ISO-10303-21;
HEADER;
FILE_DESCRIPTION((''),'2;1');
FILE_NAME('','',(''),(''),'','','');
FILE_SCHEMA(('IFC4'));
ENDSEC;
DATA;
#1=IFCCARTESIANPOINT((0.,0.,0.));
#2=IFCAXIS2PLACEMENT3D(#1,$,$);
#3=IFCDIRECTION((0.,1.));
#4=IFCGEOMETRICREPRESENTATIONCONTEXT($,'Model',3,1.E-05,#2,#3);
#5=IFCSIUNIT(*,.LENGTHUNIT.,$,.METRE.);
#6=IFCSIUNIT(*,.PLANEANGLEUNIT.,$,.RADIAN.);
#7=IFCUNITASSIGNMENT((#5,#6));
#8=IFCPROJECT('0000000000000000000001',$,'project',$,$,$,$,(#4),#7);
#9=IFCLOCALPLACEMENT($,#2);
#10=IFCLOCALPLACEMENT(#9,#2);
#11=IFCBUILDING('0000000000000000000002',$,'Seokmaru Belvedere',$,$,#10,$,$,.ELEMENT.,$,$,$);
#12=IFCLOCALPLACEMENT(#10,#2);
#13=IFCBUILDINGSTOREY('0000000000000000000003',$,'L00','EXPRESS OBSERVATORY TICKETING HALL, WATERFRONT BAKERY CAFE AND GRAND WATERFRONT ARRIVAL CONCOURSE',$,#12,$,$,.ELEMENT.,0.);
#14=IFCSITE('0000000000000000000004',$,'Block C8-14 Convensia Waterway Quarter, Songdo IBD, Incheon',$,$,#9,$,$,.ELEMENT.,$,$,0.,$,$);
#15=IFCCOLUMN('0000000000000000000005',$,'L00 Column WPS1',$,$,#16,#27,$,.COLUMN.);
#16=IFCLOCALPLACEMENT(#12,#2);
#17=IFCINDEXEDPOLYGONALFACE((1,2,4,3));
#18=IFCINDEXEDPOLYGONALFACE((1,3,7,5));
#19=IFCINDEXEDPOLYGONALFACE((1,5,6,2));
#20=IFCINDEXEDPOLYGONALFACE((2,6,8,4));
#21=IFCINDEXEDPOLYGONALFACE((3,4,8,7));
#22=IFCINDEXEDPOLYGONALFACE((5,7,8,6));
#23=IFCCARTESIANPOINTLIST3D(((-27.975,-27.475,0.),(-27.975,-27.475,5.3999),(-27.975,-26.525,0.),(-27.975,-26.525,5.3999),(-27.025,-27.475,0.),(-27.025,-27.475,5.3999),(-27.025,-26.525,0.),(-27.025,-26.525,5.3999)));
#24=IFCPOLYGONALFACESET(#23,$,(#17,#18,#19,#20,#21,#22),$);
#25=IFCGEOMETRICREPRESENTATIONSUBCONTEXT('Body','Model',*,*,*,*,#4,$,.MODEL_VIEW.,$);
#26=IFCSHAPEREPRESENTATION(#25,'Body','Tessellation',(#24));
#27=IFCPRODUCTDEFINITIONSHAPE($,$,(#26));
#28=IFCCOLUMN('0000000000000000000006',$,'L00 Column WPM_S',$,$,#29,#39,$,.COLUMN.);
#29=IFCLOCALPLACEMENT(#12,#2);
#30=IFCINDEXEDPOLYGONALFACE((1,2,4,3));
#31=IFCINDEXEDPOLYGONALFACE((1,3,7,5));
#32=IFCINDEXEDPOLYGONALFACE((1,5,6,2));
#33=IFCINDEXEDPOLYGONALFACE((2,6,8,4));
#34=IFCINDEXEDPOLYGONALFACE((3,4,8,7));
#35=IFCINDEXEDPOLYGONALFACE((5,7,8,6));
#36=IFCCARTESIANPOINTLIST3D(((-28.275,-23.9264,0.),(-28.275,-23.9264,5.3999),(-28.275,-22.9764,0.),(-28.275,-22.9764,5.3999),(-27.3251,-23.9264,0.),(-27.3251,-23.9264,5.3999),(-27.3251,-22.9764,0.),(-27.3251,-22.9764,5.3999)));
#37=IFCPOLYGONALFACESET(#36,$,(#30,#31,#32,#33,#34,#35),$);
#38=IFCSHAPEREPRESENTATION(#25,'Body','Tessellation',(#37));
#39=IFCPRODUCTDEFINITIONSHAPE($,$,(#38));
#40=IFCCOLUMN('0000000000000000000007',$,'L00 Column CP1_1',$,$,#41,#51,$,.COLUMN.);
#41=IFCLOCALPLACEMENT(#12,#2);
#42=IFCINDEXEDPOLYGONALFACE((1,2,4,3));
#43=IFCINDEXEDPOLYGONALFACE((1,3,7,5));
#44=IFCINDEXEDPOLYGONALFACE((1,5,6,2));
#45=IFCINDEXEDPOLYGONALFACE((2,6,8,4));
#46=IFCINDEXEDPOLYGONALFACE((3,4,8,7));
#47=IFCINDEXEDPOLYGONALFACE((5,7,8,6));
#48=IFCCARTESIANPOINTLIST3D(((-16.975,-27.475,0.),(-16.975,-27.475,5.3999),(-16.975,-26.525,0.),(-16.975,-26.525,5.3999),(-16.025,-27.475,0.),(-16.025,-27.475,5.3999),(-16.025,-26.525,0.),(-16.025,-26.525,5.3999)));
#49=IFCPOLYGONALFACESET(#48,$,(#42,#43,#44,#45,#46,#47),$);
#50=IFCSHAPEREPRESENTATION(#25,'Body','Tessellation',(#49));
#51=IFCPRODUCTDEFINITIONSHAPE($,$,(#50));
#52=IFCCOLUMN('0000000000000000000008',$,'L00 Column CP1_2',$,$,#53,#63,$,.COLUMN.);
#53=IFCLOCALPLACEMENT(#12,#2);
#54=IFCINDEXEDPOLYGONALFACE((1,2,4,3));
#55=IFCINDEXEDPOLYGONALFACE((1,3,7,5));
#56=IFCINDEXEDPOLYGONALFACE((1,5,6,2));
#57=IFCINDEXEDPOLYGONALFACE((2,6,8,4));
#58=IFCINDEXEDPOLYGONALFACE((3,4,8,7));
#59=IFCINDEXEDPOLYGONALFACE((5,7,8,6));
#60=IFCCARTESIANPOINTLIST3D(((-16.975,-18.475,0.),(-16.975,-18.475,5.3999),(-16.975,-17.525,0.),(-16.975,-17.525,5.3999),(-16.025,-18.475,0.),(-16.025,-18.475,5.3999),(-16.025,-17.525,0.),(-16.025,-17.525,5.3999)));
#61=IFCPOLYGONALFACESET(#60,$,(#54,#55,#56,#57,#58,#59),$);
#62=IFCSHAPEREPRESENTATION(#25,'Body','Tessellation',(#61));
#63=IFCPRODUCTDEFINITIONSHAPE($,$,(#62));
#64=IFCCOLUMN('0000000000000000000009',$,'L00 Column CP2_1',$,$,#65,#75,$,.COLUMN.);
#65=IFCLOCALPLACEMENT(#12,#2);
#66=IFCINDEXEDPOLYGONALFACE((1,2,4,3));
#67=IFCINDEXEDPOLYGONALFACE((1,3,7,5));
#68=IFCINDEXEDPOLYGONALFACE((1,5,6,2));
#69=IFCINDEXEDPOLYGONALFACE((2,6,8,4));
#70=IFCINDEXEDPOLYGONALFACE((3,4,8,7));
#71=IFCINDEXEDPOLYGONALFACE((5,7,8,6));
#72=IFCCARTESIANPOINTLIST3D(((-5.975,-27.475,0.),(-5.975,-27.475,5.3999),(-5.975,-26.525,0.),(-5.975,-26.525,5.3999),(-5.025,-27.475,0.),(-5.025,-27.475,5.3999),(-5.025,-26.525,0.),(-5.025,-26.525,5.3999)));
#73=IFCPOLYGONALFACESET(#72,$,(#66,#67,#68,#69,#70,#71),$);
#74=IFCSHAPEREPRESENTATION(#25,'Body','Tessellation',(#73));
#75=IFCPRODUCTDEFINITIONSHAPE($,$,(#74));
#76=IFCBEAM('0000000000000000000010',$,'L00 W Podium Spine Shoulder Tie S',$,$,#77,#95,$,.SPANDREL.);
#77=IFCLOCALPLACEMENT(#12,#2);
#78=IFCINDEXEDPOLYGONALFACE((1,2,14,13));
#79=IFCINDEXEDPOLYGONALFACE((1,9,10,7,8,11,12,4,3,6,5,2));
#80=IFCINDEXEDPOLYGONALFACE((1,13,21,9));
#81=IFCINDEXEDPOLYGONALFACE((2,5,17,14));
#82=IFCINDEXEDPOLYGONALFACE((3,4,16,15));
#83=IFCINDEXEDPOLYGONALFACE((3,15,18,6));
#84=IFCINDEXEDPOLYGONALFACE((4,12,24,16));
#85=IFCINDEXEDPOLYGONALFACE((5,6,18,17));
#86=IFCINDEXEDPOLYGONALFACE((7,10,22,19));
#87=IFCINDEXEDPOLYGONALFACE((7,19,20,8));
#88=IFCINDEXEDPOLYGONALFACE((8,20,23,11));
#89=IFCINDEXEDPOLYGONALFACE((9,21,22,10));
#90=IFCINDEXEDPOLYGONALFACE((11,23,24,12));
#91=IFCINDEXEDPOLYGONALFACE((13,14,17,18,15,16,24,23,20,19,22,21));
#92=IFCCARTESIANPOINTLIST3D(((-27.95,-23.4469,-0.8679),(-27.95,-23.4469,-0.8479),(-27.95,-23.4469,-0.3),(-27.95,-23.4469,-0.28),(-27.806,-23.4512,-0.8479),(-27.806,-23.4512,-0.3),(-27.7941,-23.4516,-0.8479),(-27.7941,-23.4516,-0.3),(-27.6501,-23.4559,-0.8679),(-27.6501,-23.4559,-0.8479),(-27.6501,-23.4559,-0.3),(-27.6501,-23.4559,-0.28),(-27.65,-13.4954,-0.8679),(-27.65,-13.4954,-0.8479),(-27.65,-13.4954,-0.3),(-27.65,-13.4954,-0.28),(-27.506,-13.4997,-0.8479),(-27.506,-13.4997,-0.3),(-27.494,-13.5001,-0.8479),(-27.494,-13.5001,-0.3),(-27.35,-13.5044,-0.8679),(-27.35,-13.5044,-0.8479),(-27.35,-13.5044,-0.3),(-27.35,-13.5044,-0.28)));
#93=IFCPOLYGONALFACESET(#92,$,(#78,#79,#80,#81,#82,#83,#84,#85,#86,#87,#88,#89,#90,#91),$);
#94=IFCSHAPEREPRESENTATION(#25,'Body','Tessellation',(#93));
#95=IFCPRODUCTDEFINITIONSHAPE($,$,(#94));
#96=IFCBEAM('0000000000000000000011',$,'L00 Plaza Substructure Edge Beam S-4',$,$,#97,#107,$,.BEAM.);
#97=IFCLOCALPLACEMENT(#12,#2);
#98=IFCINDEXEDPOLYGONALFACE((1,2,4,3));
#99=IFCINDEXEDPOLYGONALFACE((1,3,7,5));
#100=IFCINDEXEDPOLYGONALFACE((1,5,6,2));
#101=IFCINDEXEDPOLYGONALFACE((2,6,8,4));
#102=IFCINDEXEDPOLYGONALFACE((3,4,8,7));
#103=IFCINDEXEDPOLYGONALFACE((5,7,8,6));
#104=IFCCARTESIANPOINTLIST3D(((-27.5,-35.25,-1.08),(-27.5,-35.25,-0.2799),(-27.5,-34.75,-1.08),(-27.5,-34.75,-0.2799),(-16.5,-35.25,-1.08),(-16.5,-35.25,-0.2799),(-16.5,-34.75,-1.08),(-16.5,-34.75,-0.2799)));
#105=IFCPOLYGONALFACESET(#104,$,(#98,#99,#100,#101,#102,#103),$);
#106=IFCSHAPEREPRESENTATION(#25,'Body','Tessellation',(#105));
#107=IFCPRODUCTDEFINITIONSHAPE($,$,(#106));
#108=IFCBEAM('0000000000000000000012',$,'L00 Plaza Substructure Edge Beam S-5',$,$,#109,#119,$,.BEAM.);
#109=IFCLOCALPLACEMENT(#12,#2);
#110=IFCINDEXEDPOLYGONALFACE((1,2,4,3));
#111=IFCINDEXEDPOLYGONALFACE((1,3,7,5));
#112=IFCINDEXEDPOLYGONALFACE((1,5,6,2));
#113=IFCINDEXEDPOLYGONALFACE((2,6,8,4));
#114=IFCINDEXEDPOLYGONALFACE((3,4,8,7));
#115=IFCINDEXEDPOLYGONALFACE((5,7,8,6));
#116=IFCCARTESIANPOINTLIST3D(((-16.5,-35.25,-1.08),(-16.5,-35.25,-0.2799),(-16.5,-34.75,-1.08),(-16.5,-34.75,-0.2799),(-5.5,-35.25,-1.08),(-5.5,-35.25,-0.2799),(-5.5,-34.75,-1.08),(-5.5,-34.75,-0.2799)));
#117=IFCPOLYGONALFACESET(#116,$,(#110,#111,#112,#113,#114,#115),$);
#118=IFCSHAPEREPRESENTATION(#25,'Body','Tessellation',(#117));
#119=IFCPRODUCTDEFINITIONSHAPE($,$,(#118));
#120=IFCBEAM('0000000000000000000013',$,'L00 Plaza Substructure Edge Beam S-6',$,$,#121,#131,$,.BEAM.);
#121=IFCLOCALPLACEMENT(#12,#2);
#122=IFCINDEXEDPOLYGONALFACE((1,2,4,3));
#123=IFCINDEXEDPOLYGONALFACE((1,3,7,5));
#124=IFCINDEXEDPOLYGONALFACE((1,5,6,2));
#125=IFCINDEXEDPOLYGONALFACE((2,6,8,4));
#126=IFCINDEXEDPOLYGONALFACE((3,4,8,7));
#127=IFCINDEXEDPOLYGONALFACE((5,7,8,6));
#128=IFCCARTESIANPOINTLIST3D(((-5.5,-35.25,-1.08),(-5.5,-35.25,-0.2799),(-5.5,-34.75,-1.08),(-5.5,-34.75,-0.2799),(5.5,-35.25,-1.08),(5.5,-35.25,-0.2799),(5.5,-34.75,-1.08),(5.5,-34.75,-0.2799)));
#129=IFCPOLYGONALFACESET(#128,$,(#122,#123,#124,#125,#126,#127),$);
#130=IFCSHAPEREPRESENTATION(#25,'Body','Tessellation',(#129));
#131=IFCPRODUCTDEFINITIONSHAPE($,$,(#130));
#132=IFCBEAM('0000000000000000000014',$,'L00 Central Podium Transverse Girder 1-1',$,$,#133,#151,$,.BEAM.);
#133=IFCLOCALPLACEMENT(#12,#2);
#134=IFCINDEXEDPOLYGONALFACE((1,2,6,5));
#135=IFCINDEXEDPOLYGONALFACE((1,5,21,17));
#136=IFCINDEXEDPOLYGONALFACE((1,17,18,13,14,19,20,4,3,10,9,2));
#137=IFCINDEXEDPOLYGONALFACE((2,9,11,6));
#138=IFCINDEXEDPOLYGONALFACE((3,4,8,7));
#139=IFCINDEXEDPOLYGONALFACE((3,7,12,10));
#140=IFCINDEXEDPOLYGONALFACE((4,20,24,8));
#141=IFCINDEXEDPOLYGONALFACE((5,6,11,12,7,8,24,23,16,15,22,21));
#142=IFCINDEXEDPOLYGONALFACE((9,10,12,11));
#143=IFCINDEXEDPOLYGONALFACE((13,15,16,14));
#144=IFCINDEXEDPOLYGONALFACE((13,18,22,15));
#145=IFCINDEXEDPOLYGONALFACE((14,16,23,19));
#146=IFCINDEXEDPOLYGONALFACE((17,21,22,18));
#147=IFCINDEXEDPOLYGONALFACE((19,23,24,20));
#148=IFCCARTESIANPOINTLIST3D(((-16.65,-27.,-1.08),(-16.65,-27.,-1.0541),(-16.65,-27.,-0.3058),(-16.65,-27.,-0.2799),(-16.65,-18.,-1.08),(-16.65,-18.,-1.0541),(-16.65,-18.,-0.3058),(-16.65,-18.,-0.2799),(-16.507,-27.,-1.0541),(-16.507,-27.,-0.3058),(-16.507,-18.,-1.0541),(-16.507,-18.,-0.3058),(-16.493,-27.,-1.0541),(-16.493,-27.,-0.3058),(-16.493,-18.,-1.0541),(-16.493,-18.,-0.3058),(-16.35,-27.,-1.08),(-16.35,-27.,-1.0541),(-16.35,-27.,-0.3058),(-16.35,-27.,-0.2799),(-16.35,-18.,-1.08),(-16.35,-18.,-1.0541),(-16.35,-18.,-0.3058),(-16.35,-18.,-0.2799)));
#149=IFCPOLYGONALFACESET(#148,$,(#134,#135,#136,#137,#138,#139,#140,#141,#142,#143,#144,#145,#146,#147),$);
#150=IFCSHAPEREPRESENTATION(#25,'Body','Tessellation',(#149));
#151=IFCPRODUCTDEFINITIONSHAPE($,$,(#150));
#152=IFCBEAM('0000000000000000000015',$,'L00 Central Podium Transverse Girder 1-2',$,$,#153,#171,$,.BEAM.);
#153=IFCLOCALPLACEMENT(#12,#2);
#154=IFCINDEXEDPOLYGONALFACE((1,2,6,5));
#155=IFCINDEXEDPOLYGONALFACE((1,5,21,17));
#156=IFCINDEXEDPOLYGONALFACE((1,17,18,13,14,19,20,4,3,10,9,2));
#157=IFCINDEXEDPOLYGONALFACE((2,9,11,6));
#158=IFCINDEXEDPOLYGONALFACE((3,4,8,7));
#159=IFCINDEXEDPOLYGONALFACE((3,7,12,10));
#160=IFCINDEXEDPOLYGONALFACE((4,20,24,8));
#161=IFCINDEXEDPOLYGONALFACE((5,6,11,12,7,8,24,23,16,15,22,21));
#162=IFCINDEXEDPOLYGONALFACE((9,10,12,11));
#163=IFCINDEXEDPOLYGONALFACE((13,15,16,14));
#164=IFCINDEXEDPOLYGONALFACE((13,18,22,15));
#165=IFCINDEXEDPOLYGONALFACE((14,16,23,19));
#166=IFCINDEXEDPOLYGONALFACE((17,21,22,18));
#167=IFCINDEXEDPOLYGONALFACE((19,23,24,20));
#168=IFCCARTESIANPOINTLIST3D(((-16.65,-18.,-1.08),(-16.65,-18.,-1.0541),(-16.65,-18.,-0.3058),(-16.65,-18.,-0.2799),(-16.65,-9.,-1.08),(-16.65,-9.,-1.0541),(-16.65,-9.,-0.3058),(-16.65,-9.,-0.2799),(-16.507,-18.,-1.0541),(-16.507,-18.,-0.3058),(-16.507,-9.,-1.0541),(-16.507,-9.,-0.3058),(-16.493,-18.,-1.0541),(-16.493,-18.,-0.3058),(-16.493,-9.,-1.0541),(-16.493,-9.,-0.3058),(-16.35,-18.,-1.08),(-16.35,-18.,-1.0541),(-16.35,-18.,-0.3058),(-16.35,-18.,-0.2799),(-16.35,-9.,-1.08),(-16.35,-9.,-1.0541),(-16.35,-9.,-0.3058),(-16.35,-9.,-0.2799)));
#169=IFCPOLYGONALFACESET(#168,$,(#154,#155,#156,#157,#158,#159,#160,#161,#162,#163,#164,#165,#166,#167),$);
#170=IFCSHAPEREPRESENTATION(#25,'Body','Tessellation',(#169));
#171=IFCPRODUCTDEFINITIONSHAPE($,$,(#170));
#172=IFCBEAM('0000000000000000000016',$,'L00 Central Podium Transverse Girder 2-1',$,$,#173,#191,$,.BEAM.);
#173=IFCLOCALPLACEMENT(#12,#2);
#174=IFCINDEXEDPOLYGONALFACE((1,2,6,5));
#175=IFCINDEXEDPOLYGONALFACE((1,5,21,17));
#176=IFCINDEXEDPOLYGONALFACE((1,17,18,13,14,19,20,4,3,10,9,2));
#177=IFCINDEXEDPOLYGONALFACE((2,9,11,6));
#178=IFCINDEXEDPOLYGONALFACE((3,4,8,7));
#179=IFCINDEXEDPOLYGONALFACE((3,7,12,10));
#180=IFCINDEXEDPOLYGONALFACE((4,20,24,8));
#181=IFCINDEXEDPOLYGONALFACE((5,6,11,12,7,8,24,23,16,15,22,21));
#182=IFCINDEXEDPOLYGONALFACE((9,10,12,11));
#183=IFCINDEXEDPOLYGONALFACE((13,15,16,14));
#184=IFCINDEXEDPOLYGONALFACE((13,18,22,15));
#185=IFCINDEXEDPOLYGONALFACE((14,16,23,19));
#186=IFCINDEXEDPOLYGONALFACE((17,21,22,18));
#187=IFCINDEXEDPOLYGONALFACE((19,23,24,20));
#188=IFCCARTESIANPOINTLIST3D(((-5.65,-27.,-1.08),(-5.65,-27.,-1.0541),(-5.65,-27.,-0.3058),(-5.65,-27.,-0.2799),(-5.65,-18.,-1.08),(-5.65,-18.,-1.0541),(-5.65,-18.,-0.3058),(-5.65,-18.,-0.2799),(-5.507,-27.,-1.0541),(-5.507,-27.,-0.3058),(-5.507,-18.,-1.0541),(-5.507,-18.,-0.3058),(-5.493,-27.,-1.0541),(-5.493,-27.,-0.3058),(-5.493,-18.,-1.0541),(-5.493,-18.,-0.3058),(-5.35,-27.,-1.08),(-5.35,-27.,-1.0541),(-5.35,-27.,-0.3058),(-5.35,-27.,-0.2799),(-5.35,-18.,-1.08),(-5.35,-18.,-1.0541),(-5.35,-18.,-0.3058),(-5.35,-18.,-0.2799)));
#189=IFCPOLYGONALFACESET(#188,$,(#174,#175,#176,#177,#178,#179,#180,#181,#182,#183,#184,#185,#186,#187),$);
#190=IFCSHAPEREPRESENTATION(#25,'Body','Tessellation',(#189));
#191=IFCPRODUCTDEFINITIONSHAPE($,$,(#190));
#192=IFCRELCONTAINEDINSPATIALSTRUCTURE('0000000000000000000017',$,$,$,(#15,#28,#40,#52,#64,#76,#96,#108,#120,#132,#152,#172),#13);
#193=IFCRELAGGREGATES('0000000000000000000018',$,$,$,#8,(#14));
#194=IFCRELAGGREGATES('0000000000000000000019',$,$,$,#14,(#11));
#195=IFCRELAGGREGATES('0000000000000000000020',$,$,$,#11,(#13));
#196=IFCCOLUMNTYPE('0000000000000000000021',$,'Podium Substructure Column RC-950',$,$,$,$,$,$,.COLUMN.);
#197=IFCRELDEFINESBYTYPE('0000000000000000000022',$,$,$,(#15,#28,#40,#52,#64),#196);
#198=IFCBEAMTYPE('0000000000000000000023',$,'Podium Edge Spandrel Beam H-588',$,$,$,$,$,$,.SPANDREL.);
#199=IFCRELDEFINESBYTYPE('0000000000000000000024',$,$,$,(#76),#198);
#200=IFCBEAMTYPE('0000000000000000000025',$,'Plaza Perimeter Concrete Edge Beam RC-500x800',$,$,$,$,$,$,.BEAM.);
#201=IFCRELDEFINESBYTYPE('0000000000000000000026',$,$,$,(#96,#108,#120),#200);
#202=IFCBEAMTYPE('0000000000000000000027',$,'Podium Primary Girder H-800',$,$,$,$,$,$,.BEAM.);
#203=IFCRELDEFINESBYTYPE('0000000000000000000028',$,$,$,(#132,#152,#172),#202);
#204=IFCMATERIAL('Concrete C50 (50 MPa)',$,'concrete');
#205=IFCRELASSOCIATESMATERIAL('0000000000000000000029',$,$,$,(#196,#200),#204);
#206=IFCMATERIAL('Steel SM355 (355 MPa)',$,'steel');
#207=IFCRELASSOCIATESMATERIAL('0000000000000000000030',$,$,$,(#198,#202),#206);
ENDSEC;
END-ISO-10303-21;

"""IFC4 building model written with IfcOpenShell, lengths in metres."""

from ifc_helpers import new_model, si_unit, direction, frame, origin, origin_2d, place, context, subcontext, project, spatial, rectangle, i_section, extrude, source, transform, mapped, material, material_profile, profile_set, type_object, type_shapes, element, save


model = new_model("IFC4")

# Units and contexts
model_context = context("Model", 3, precision=1e-05, world=origin(), true_north=direction((0.0, 1.0)))
body_context = subcontext(model_context, "Body", "Model", "MODEL_VIEW")
ifc_project = project(units=[si_unit("LENGTHUNIT", "METRE"), si_unit("PLANEANGLEUNIT", "RADIAN")], contexts=[model_context])

# Site, building, storey
site_placement = place(None, origin())
site = spatial("IfcSite", under=ifc_project, at=site_placement, Name="Block C8-14 Convensia Waterway Quarter, Songdo IBD, Incheon", CompositionType="ELEMENT", RefElevation=0.0)
building_placement = place(site_placement, origin())
building = spatial("IfcBuilding", under=site, at=building_placement, Name="Seokmaru Belvedere", CompositionType="ELEMENT")
storey_placement = place(building_placement, origin())
storey = spatial("IfcBuildingStorey", under=building, at=storey_placement, Name="L00", Description="EXPRESS OBSERVATORY TICKETING HALL, WATERFRONT BAKERY CAFE AND GRAND WATERFRONT ARRIVAL CONCOURSE", CompositionType="ELEMENT", Elevation=0.0)

# Columns
ifc_material_1 = material(Name="Concrete C50 (50 MPa)", Category="concrete")
ifc_material_profile_1 = material_profile(ifc_material_1, rectangle(XDim=0.95, YDim=0.95, at=origin_2d()), Name="RC-950x950")
ifc_profile_set_1 = profile_set([ifc_material_profile_1], Name="Concrete C50 (50 MPa)")
column_type = type_object("IfcColumnType", Name="Podium Substructure Column RC-950", PredefinedType="COLUMN", material=ifc_profile_set_1)
shared_shape_1 = source(origin(), body_context, "Body", "SweptSolid", [
    extrude(rectangle(XDim=0.95, YDim=0.95, at=origin_2d()), origin(), (0.0, 0.0, 1.0), 5.3999),
])
type_shapes(column_type, [shared_shape_1])
for number, where, z_axis, x_axis, name in (
    (1, (-27.5, -27.0, 0.0), (0.0, 0.0, 1.0), (1.0, 0.0, 0.0), "L00 Column WPS1"),
    (2, (-27.8, -23.4514, 0.0), (0.0, 0.0, 1.0), (1.0, 0.0, 0.0), "L00 Column WPM_S"),
    (3, (-16.5, -27.0, 0.0), (0.0, 0.0, 1.0), (1.0, 0.0, 0.0), "L00 Column CP1_1"),
    (4, (-16.5, -18.0, 0.0), (0.0, 0.0, 1.0), (1.0, 0.0, 0.0), "L00 Column CP1_2"),
    (5, (-5.5, -27.0, 0.0), (0.0, 0.0, 1.0), (1.0, 0.0, 0.0), "L00 Column CP2_1"),
):
    element("IfcColumn", number, at=place(storey_placement, frame(where, z_axis=z_axis, x_axis=x_axis)), inside=storey, type_object=column_type, Name=name, PredefinedType="COLUMN", context=body_context, shape_type="MappedRepresentation", body=[
        mapped(shared_shape_1, transform((0.0, 0.0, 0.0), scale=1.0)),
    ])

# Beams
ifc_material_2 = material(Name="Steel SM355 (355 MPa)", Category="steel")
ifc_material_profile_2 = material_profile(ifc_material_2, i_section(OverallWidth=0.3, OverallDepth=0.5879, WebThickness=0.012, FlangeThickness=0.02, at=origin_2d()), Name="H-588x300x12x20")
ifc_profile_set_2 = profile_set([ifc_material_profile_2], Name="Steel SM355 (355 MPa)")
beam_type_1 = type_object("IfcBeamType", Name="Podium Edge Spandrel Beam H-588", PredefinedType="SPANDREL", material=ifc_profile_set_2)
shared_shape_2 = source(origin(), body_context, "Body", "SweptSolid", [
    extrude(i_section(OverallWidth=0.3, OverallDepth=0.5879, WebThickness=0.012, FlangeThickness=0.02, at=origin_2d()), origin(), (0.0, 0.0, 1.0), 9.9561),
])
type_shapes(beam_type_1, [shared_shape_2])
beam_placement = place(storey_placement, frame((-27.8, -23.4514, -0.574), z_axis=(0.030138, 0.999546, 0.0), x_axis=(-0.999546, 0.030138, 0.0)))
element("IfcBeam", 6, at=beam_placement, inside=storey, type_object=beam_type_1, Name="L00 W Podium Spine Shoulder Tie S", PredefinedType="SPANDREL", context=body_context, shape_type="MappedRepresentation", body=[
    mapped(shared_shape_2, transform((0.0, 0.0, 0.0), scale=1.0)),
])
ifc_material_profile_3 = material_profile(ifc_material_1, rectangle(XDim=0.5, YDim=0.8, at=origin_2d()), Name="RC-500x800")
ifc_profile_set_3 = profile_set([ifc_material_profile_3], Name="Concrete C50 (50 MPa)")
beam_type_2 = type_object("IfcBeamType", Name="Plaza Perimeter Concrete Edge Beam RC-500x800", PredefinedType="BEAM", material=ifc_profile_set_3)
shared_shape_3 = source(origin(), body_context, "Body", "SweptSolid", [
    extrude(rectangle(XDim=0.5, YDim=0.8, at=origin_2d()), origin(), (0.0, 0.0, 1.0), 11.0),
])
for number, where, z_axis, x_axis, name in (
    (7, (-27.5, -35.0, -0.6799), (1.0, 0.0, 0.0), (0.0, 1.0, 0.0), "L00 Plaza Substructure Edge Beam S-4"),
    (8, (-16.5, -35.0, -0.6799), (1.0, 0.0, 0.0), (0.0, 1.0, 0.0), "L00 Plaza Substructure Edge Beam S-5"),
    (9, (-5.5, -35.0, -0.6799), (1.0, 0.0, 0.0), (0.0, 1.0, 0.0), "L00 Plaza Substructure Edge Beam S-6"),
):
    element("IfcBeam", number, at=place(storey_placement, frame(where, z_axis=z_axis, x_axis=x_axis)), inside=storey, type_object=beam_type_2, Name=name, PredefinedType="BEAM", context=body_context, shape_type="MappedRepresentation", body=[
        mapped(shared_shape_3, transform((0.0, 0.0, 0.0), scale=1.0)),
    ])
ifc_material_profile_4 = material_profile(ifc_material_2, i_section(OverallWidth=0.3, OverallDepth=0.8, WebThickness=0.0139, FlangeThickness=0.0259, at=origin_2d()), Name="H-800x300x14x26")
ifc_profile_set_4 = profile_set([ifc_material_profile_4], Name="Steel SM355 (355 MPa)")
beam_type_3 = type_object("IfcBeamType", Name="Podium Primary Girder H-800", PredefinedType="BEAM", material=ifc_profile_set_4)
shared_shape_4 = source(origin(), body_context, "Body", "SweptSolid", [
    extrude(i_section(OverallWidth=0.3, OverallDepth=0.8, WebThickness=0.0139, FlangeThickness=0.0259, at=origin_2d()), origin(), (0.0, 0.0, 1.0), 9.0),
])
for number, where, z_axis, x_axis, name in (
    (10, (-16.5, -27.0, -0.6799), (0.0, 1.0, 0.0), (-1.0, 0.0, 0.0), "L00 Central Podium Transverse Girder 1-1"),
    (11, (-16.5, -18.0, -0.6799), (0.0, 1.0, 0.0), (-1.0, 0.0, 0.0), "L00 Central Podium Transverse Girder 1-2"),
    (12, (-5.5, -27.0, -0.6799), (0.0, 1.0, 0.0), (-1.0, 0.0, 0.0), "L00 Central Podium Transverse Girder 2-1"),
):
    element("IfcBeam", number, at=place(storey_placement, frame(where, z_axis=z_axis, x_axis=x_axis)), inside=storey, type_object=beam_type_3, Name=name, PredefinedType="BEAM", context=body_context, shape_type="MappedRepresentation", body=[
        mapped(shared_shape_4, transform((0.0, 0.0, 0.0), scale=1.0)),
    ])

save(model, "model.ifc")
